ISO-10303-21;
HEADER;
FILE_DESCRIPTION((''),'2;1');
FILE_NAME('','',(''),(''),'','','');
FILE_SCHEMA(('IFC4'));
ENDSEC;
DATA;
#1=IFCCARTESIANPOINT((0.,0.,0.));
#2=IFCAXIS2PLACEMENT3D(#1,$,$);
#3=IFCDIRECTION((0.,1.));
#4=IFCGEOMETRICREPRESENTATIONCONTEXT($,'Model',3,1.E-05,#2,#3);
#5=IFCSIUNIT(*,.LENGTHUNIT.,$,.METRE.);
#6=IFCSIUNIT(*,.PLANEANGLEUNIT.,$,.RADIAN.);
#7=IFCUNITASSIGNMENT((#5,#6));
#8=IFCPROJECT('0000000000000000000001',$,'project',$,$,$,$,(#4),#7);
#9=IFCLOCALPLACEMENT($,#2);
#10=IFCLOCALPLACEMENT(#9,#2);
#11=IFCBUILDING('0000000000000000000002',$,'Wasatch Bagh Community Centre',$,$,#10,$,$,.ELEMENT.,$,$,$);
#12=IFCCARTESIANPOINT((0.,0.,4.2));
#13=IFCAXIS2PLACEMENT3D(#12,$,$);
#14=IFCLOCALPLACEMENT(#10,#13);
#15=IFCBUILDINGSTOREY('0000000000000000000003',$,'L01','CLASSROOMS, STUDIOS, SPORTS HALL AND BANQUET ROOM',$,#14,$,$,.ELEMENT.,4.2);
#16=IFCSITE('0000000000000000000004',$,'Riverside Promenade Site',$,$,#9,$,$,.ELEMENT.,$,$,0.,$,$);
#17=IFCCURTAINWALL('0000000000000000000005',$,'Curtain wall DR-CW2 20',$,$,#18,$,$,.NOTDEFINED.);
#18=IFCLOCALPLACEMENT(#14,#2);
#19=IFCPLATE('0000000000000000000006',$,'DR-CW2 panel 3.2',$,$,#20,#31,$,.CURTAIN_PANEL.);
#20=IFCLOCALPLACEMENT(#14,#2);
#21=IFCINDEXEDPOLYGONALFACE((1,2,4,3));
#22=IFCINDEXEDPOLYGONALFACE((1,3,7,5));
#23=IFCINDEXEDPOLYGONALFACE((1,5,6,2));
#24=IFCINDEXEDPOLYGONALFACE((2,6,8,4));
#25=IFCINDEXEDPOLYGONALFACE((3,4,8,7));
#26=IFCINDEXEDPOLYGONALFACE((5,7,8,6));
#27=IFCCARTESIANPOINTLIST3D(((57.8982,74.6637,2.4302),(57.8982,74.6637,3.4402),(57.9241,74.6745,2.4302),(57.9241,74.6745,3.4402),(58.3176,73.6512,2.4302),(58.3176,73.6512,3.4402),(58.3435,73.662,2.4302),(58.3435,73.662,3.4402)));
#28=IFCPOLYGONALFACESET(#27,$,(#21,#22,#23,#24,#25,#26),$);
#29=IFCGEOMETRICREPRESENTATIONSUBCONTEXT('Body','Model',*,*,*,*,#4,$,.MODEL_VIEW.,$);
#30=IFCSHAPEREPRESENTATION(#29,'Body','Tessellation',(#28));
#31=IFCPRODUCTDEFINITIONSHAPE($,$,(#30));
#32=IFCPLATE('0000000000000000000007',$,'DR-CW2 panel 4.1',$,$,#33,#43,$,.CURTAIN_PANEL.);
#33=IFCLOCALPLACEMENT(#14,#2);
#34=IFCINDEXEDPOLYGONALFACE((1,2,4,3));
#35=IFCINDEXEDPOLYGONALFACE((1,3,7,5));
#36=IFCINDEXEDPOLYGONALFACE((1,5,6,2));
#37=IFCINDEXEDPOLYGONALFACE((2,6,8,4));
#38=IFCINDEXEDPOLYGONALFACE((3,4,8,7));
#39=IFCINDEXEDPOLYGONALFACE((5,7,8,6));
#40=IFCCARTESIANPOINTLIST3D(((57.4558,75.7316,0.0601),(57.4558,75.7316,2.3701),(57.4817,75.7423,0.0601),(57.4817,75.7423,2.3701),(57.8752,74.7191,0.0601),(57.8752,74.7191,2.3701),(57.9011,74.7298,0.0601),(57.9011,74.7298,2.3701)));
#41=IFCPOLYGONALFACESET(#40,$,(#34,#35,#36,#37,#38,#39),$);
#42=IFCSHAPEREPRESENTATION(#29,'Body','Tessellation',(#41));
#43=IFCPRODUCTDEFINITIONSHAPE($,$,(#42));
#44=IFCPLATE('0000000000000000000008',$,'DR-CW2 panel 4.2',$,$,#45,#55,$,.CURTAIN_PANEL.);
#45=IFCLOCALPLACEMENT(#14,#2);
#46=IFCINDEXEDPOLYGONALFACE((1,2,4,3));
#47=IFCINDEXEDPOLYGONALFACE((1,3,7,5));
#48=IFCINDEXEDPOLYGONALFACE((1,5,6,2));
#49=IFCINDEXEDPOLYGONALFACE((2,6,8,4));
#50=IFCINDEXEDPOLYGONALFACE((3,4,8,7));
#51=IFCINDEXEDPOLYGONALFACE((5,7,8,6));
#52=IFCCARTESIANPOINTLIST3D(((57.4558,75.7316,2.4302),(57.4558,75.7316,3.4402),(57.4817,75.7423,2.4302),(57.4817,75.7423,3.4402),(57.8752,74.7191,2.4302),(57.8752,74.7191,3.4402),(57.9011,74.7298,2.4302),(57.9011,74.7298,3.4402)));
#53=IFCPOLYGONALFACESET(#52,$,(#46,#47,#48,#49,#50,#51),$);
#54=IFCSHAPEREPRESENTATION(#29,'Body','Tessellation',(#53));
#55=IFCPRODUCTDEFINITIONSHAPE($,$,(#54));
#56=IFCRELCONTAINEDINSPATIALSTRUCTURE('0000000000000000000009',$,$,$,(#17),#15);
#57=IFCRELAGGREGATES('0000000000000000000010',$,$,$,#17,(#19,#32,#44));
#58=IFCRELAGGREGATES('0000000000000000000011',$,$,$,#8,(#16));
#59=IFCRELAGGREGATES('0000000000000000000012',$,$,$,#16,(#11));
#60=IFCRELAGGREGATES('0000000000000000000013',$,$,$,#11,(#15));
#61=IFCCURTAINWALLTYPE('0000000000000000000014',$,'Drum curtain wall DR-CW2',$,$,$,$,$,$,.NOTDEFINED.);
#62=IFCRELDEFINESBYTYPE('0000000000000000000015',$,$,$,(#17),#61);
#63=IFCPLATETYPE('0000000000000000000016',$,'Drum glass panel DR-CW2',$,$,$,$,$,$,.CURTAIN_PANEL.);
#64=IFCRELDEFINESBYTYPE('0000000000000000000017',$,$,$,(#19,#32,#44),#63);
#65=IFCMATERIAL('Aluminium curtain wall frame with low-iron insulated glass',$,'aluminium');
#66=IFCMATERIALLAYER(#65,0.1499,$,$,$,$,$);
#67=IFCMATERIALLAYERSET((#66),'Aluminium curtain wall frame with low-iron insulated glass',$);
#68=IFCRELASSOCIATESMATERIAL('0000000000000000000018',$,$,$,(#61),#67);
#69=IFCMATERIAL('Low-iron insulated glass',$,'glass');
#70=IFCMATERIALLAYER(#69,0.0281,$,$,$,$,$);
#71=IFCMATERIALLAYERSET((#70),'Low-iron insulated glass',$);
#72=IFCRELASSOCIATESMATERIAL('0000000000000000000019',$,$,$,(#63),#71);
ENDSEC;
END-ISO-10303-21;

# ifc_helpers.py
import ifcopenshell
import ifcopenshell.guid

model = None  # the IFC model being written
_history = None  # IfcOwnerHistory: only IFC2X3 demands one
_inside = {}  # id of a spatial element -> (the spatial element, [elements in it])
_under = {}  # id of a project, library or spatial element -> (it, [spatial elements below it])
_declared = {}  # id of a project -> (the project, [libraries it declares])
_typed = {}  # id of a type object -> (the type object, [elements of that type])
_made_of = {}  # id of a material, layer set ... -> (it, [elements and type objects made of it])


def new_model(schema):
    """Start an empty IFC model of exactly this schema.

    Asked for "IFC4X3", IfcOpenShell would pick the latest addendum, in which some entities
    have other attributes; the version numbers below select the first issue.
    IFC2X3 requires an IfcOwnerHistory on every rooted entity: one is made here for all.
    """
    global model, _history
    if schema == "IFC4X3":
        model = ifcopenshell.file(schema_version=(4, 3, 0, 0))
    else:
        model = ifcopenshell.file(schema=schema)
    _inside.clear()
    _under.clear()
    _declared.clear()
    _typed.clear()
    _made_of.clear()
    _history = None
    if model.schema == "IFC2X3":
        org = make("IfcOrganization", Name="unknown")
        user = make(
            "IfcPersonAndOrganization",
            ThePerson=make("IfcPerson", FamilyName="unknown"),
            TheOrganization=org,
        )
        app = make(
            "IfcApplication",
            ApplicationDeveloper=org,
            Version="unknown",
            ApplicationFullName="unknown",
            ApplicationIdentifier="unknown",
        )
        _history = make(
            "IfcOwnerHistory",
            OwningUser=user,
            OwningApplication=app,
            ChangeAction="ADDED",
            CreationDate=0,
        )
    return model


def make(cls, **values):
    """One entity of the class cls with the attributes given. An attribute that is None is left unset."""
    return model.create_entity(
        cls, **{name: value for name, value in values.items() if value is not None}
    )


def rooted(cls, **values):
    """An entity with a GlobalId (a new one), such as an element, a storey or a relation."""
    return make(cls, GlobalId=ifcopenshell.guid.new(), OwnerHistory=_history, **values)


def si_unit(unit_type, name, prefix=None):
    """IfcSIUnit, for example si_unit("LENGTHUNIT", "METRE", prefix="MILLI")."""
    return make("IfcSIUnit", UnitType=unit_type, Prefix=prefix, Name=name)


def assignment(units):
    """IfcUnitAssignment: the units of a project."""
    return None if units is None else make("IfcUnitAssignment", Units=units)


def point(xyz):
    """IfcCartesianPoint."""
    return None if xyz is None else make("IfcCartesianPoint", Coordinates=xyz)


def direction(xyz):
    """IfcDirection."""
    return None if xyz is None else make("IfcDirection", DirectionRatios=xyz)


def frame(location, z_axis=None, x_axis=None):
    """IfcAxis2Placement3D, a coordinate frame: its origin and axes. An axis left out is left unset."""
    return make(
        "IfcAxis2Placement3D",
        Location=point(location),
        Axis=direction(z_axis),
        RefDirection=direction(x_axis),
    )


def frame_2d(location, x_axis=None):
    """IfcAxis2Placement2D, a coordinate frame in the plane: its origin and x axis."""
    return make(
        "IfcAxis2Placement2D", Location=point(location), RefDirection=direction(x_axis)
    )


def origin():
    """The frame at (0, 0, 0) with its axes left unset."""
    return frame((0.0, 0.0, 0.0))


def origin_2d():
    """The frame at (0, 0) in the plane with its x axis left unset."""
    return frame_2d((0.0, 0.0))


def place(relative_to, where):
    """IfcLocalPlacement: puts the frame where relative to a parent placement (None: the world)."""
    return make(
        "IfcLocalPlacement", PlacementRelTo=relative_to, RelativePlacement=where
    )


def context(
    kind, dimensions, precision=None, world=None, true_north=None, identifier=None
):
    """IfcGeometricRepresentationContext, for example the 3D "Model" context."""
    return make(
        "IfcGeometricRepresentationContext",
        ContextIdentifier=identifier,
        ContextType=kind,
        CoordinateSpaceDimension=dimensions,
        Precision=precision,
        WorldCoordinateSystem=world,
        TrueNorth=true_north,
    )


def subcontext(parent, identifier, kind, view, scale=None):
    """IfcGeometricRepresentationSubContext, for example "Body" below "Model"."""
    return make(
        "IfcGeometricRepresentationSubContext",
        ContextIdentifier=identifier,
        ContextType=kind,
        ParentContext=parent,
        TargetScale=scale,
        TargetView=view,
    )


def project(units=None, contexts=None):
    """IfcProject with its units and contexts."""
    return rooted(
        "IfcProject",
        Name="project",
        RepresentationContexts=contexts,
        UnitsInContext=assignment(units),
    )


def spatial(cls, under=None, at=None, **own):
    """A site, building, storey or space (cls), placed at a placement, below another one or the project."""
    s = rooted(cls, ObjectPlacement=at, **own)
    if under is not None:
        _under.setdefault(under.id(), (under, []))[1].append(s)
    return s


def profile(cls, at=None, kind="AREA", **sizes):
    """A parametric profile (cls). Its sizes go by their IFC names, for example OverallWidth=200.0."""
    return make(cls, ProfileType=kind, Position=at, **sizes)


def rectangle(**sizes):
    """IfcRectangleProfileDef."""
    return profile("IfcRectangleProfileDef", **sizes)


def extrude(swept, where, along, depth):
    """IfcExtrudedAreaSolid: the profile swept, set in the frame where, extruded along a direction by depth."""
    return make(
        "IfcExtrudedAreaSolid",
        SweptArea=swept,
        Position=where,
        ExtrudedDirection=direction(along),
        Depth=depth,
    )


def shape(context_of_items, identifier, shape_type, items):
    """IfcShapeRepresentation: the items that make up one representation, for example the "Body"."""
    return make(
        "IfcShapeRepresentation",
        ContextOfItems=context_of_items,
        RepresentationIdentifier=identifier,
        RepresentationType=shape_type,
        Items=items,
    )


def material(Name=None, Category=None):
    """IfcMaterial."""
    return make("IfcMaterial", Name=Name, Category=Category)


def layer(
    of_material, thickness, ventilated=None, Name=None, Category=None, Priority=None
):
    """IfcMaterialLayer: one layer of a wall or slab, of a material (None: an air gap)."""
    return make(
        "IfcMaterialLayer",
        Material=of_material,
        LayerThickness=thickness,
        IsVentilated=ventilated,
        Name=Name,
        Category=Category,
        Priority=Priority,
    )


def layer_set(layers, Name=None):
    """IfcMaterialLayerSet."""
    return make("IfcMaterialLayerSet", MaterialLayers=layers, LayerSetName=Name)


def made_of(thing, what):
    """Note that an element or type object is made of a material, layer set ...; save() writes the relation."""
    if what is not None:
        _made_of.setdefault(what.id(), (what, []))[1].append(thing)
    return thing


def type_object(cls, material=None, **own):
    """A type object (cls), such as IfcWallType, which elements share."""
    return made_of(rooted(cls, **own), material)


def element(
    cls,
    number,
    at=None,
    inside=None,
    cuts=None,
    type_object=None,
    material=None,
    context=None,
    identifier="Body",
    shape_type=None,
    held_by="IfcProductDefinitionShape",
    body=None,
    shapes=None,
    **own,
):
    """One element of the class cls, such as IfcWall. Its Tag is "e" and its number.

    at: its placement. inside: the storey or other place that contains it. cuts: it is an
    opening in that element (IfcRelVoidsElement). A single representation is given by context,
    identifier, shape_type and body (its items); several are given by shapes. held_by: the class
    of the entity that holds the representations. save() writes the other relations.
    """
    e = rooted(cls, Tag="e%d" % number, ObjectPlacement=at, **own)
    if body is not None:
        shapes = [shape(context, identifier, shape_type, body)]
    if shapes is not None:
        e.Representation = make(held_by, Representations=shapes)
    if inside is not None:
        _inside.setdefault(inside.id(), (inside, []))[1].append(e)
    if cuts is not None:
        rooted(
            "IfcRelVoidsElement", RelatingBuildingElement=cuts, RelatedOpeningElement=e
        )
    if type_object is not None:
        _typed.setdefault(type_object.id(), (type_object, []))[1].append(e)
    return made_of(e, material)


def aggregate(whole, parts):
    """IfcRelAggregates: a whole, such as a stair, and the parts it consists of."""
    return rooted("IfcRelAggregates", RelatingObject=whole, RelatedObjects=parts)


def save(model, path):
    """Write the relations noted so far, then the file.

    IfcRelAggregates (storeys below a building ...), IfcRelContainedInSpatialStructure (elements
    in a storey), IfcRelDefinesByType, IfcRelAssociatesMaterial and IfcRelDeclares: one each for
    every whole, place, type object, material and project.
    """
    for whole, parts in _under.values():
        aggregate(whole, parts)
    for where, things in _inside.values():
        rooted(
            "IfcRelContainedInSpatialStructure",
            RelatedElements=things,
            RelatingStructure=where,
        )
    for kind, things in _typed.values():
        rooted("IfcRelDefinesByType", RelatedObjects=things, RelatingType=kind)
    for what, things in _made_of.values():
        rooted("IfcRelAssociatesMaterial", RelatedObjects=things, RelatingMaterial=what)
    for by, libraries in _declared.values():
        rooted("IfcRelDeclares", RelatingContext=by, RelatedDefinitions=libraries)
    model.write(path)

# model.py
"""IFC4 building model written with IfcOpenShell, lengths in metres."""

from ifc_helpers import new_model, si_unit, direction, frame, origin, origin_2d, place, context, subcontext, project, spatial, rectangle, extrude, material, layer, layer_set, type_object, element, aggregate, save


model = new_model("IFC4")

# Units and contexts
model_context = context("Model", 3, precision=1e-05, world=origin(), true_north=direction((0.0, 1.0)))
body_context = subcontext(model_context, "Body", "Model", "MODEL_VIEW")
ifc_project = project(units=[si_unit("LENGTHUNIT", "METRE"), si_unit("PLANEANGLEUNIT", "RADIAN")], contexts=[model_context])

# Site, building, storey
site_placement = place(None, origin())
site = spatial("IfcSite", under=ifc_project, at=site_placement, Name="Riverside Promenade Site", CompositionType="ELEMENT", RefElevation=0.0)
building_placement = place(site_placement, origin())
building = spatial("IfcBuilding", under=site, at=building_placement, Name="Wasatch Bagh Community Centre", CompositionType="ELEMENT")
storey_placement = place(building_placement, frame((0.0, 0.0, 4.2)))
storey = spatial("IfcBuildingStorey", under=building, at=storey_placement, Name="L01", Description="CLASSROOMS, STUDIOS, SPORTS HALL AND BANQUET ROOM", CompositionType="ELEMENT", Elevation=4.2)

# Shared definitions
ifc_material_1 = material(Name="Aluminium curtain wall frame with low-iron insulated glass", Category="aluminium")
ifc_layer_1 = layer(ifc_material_1, 0.1499)
ifc_layer_set_1 = layer_set([ifc_layer_1], Name="Aluminium curtain wall frame with low-iron insulated glass")
curtain_wall_type = type_object("IfcCurtainWallType", Name="Drum curtain wall DR-CW2", PredefinedType="NOTDEFINED", material=ifc_layer_set_1)

# Curtain wall
curtain_wall_1_placement = place(storey_placement, origin())
curtain_wall_1 = element("IfcCurtainWall", 1, at=curtain_wall_1_placement, inside=storey, type_object=curtain_wall_type, Name="Curtain wall DR-CW2 20", PredefinedType="NOTDEFINED")

# Plates
ifc_material_2 = material(Name="Low-iron insulated glass", Category="glass")
ifc_layer_2 = layer(ifc_material_2, 0.0281)
ifc_layer_set_2 = layer_set([ifc_layer_2], Name="Low-iron insulated glass")
plate_type = type_object("IfcPlateType", Name="Drum glass panel DR-CW2", PredefinedType="CURTAIN_PANEL", material=ifc_layer_set_2)
plate_1_placement = place(storey_placement, frame((58.1208, 74.1628, 2.4302), z_axis=(0.0, 0.0, 1.0), x_axis=(-0.382683, 0.92388, 0.0)))
plate_1 = element("IfcPlate", 2, at=plate_1_placement, type_object=plate_type, Name="DR-CW2 panel 3.2", PredefinedType="CURTAIN_PANEL", context=body_context, shape_type="SweptSolid", body=[
    extrude(rectangle(XDim=1.0959, YDim=0.0281, at=origin_2d()), origin(), (0.0, 0.0, 1.0), 1.01),
])
plate_2_placement = place(storey_placement, frame((57.6785, 75.2307, 0.0601), z_axis=(0.0, 0.0, 1.0), x_axis=(-0.382683, 0.92388, 0.0)))
plate_2 = element("IfcPlate", 3, at=plate_2_placement, type_object=plate_type, Name="DR-CW2 panel 4.1", PredefinedType="CURTAIN_PANEL", context=body_context, shape_type="SweptSolid", body=[
    extrude(rectangle(XDim=1.0959, YDim=0.0281, at=origin_2d()), origin(), (0.0, 0.0, 1.0), 2.3101),
])
plate_3_placement = place(storey_placement, frame((57.6785, 75.2307, 2.4302), z_axis=(0.0, 0.0, 1.0), x_axis=(-0.382683, 0.92388, 0.0)))
plate_3 = element("IfcPlate", 4, at=plate_3_placement, type_object=plate_type, Name="DR-CW2 panel 4.2", PredefinedType="CURTAIN_PANEL", context=body_context, shape_type="SweptSolid", body=[
    extrude(rectangle(XDim=1.0959, YDim=0.0281, at=origin_2d()), origin(), (0.0, 0.0, 1.0), 1.01),
])
aggregate(curtain_wall_1, [plate_1, plate_2, plate_3])

save(model, "model.ifc")
